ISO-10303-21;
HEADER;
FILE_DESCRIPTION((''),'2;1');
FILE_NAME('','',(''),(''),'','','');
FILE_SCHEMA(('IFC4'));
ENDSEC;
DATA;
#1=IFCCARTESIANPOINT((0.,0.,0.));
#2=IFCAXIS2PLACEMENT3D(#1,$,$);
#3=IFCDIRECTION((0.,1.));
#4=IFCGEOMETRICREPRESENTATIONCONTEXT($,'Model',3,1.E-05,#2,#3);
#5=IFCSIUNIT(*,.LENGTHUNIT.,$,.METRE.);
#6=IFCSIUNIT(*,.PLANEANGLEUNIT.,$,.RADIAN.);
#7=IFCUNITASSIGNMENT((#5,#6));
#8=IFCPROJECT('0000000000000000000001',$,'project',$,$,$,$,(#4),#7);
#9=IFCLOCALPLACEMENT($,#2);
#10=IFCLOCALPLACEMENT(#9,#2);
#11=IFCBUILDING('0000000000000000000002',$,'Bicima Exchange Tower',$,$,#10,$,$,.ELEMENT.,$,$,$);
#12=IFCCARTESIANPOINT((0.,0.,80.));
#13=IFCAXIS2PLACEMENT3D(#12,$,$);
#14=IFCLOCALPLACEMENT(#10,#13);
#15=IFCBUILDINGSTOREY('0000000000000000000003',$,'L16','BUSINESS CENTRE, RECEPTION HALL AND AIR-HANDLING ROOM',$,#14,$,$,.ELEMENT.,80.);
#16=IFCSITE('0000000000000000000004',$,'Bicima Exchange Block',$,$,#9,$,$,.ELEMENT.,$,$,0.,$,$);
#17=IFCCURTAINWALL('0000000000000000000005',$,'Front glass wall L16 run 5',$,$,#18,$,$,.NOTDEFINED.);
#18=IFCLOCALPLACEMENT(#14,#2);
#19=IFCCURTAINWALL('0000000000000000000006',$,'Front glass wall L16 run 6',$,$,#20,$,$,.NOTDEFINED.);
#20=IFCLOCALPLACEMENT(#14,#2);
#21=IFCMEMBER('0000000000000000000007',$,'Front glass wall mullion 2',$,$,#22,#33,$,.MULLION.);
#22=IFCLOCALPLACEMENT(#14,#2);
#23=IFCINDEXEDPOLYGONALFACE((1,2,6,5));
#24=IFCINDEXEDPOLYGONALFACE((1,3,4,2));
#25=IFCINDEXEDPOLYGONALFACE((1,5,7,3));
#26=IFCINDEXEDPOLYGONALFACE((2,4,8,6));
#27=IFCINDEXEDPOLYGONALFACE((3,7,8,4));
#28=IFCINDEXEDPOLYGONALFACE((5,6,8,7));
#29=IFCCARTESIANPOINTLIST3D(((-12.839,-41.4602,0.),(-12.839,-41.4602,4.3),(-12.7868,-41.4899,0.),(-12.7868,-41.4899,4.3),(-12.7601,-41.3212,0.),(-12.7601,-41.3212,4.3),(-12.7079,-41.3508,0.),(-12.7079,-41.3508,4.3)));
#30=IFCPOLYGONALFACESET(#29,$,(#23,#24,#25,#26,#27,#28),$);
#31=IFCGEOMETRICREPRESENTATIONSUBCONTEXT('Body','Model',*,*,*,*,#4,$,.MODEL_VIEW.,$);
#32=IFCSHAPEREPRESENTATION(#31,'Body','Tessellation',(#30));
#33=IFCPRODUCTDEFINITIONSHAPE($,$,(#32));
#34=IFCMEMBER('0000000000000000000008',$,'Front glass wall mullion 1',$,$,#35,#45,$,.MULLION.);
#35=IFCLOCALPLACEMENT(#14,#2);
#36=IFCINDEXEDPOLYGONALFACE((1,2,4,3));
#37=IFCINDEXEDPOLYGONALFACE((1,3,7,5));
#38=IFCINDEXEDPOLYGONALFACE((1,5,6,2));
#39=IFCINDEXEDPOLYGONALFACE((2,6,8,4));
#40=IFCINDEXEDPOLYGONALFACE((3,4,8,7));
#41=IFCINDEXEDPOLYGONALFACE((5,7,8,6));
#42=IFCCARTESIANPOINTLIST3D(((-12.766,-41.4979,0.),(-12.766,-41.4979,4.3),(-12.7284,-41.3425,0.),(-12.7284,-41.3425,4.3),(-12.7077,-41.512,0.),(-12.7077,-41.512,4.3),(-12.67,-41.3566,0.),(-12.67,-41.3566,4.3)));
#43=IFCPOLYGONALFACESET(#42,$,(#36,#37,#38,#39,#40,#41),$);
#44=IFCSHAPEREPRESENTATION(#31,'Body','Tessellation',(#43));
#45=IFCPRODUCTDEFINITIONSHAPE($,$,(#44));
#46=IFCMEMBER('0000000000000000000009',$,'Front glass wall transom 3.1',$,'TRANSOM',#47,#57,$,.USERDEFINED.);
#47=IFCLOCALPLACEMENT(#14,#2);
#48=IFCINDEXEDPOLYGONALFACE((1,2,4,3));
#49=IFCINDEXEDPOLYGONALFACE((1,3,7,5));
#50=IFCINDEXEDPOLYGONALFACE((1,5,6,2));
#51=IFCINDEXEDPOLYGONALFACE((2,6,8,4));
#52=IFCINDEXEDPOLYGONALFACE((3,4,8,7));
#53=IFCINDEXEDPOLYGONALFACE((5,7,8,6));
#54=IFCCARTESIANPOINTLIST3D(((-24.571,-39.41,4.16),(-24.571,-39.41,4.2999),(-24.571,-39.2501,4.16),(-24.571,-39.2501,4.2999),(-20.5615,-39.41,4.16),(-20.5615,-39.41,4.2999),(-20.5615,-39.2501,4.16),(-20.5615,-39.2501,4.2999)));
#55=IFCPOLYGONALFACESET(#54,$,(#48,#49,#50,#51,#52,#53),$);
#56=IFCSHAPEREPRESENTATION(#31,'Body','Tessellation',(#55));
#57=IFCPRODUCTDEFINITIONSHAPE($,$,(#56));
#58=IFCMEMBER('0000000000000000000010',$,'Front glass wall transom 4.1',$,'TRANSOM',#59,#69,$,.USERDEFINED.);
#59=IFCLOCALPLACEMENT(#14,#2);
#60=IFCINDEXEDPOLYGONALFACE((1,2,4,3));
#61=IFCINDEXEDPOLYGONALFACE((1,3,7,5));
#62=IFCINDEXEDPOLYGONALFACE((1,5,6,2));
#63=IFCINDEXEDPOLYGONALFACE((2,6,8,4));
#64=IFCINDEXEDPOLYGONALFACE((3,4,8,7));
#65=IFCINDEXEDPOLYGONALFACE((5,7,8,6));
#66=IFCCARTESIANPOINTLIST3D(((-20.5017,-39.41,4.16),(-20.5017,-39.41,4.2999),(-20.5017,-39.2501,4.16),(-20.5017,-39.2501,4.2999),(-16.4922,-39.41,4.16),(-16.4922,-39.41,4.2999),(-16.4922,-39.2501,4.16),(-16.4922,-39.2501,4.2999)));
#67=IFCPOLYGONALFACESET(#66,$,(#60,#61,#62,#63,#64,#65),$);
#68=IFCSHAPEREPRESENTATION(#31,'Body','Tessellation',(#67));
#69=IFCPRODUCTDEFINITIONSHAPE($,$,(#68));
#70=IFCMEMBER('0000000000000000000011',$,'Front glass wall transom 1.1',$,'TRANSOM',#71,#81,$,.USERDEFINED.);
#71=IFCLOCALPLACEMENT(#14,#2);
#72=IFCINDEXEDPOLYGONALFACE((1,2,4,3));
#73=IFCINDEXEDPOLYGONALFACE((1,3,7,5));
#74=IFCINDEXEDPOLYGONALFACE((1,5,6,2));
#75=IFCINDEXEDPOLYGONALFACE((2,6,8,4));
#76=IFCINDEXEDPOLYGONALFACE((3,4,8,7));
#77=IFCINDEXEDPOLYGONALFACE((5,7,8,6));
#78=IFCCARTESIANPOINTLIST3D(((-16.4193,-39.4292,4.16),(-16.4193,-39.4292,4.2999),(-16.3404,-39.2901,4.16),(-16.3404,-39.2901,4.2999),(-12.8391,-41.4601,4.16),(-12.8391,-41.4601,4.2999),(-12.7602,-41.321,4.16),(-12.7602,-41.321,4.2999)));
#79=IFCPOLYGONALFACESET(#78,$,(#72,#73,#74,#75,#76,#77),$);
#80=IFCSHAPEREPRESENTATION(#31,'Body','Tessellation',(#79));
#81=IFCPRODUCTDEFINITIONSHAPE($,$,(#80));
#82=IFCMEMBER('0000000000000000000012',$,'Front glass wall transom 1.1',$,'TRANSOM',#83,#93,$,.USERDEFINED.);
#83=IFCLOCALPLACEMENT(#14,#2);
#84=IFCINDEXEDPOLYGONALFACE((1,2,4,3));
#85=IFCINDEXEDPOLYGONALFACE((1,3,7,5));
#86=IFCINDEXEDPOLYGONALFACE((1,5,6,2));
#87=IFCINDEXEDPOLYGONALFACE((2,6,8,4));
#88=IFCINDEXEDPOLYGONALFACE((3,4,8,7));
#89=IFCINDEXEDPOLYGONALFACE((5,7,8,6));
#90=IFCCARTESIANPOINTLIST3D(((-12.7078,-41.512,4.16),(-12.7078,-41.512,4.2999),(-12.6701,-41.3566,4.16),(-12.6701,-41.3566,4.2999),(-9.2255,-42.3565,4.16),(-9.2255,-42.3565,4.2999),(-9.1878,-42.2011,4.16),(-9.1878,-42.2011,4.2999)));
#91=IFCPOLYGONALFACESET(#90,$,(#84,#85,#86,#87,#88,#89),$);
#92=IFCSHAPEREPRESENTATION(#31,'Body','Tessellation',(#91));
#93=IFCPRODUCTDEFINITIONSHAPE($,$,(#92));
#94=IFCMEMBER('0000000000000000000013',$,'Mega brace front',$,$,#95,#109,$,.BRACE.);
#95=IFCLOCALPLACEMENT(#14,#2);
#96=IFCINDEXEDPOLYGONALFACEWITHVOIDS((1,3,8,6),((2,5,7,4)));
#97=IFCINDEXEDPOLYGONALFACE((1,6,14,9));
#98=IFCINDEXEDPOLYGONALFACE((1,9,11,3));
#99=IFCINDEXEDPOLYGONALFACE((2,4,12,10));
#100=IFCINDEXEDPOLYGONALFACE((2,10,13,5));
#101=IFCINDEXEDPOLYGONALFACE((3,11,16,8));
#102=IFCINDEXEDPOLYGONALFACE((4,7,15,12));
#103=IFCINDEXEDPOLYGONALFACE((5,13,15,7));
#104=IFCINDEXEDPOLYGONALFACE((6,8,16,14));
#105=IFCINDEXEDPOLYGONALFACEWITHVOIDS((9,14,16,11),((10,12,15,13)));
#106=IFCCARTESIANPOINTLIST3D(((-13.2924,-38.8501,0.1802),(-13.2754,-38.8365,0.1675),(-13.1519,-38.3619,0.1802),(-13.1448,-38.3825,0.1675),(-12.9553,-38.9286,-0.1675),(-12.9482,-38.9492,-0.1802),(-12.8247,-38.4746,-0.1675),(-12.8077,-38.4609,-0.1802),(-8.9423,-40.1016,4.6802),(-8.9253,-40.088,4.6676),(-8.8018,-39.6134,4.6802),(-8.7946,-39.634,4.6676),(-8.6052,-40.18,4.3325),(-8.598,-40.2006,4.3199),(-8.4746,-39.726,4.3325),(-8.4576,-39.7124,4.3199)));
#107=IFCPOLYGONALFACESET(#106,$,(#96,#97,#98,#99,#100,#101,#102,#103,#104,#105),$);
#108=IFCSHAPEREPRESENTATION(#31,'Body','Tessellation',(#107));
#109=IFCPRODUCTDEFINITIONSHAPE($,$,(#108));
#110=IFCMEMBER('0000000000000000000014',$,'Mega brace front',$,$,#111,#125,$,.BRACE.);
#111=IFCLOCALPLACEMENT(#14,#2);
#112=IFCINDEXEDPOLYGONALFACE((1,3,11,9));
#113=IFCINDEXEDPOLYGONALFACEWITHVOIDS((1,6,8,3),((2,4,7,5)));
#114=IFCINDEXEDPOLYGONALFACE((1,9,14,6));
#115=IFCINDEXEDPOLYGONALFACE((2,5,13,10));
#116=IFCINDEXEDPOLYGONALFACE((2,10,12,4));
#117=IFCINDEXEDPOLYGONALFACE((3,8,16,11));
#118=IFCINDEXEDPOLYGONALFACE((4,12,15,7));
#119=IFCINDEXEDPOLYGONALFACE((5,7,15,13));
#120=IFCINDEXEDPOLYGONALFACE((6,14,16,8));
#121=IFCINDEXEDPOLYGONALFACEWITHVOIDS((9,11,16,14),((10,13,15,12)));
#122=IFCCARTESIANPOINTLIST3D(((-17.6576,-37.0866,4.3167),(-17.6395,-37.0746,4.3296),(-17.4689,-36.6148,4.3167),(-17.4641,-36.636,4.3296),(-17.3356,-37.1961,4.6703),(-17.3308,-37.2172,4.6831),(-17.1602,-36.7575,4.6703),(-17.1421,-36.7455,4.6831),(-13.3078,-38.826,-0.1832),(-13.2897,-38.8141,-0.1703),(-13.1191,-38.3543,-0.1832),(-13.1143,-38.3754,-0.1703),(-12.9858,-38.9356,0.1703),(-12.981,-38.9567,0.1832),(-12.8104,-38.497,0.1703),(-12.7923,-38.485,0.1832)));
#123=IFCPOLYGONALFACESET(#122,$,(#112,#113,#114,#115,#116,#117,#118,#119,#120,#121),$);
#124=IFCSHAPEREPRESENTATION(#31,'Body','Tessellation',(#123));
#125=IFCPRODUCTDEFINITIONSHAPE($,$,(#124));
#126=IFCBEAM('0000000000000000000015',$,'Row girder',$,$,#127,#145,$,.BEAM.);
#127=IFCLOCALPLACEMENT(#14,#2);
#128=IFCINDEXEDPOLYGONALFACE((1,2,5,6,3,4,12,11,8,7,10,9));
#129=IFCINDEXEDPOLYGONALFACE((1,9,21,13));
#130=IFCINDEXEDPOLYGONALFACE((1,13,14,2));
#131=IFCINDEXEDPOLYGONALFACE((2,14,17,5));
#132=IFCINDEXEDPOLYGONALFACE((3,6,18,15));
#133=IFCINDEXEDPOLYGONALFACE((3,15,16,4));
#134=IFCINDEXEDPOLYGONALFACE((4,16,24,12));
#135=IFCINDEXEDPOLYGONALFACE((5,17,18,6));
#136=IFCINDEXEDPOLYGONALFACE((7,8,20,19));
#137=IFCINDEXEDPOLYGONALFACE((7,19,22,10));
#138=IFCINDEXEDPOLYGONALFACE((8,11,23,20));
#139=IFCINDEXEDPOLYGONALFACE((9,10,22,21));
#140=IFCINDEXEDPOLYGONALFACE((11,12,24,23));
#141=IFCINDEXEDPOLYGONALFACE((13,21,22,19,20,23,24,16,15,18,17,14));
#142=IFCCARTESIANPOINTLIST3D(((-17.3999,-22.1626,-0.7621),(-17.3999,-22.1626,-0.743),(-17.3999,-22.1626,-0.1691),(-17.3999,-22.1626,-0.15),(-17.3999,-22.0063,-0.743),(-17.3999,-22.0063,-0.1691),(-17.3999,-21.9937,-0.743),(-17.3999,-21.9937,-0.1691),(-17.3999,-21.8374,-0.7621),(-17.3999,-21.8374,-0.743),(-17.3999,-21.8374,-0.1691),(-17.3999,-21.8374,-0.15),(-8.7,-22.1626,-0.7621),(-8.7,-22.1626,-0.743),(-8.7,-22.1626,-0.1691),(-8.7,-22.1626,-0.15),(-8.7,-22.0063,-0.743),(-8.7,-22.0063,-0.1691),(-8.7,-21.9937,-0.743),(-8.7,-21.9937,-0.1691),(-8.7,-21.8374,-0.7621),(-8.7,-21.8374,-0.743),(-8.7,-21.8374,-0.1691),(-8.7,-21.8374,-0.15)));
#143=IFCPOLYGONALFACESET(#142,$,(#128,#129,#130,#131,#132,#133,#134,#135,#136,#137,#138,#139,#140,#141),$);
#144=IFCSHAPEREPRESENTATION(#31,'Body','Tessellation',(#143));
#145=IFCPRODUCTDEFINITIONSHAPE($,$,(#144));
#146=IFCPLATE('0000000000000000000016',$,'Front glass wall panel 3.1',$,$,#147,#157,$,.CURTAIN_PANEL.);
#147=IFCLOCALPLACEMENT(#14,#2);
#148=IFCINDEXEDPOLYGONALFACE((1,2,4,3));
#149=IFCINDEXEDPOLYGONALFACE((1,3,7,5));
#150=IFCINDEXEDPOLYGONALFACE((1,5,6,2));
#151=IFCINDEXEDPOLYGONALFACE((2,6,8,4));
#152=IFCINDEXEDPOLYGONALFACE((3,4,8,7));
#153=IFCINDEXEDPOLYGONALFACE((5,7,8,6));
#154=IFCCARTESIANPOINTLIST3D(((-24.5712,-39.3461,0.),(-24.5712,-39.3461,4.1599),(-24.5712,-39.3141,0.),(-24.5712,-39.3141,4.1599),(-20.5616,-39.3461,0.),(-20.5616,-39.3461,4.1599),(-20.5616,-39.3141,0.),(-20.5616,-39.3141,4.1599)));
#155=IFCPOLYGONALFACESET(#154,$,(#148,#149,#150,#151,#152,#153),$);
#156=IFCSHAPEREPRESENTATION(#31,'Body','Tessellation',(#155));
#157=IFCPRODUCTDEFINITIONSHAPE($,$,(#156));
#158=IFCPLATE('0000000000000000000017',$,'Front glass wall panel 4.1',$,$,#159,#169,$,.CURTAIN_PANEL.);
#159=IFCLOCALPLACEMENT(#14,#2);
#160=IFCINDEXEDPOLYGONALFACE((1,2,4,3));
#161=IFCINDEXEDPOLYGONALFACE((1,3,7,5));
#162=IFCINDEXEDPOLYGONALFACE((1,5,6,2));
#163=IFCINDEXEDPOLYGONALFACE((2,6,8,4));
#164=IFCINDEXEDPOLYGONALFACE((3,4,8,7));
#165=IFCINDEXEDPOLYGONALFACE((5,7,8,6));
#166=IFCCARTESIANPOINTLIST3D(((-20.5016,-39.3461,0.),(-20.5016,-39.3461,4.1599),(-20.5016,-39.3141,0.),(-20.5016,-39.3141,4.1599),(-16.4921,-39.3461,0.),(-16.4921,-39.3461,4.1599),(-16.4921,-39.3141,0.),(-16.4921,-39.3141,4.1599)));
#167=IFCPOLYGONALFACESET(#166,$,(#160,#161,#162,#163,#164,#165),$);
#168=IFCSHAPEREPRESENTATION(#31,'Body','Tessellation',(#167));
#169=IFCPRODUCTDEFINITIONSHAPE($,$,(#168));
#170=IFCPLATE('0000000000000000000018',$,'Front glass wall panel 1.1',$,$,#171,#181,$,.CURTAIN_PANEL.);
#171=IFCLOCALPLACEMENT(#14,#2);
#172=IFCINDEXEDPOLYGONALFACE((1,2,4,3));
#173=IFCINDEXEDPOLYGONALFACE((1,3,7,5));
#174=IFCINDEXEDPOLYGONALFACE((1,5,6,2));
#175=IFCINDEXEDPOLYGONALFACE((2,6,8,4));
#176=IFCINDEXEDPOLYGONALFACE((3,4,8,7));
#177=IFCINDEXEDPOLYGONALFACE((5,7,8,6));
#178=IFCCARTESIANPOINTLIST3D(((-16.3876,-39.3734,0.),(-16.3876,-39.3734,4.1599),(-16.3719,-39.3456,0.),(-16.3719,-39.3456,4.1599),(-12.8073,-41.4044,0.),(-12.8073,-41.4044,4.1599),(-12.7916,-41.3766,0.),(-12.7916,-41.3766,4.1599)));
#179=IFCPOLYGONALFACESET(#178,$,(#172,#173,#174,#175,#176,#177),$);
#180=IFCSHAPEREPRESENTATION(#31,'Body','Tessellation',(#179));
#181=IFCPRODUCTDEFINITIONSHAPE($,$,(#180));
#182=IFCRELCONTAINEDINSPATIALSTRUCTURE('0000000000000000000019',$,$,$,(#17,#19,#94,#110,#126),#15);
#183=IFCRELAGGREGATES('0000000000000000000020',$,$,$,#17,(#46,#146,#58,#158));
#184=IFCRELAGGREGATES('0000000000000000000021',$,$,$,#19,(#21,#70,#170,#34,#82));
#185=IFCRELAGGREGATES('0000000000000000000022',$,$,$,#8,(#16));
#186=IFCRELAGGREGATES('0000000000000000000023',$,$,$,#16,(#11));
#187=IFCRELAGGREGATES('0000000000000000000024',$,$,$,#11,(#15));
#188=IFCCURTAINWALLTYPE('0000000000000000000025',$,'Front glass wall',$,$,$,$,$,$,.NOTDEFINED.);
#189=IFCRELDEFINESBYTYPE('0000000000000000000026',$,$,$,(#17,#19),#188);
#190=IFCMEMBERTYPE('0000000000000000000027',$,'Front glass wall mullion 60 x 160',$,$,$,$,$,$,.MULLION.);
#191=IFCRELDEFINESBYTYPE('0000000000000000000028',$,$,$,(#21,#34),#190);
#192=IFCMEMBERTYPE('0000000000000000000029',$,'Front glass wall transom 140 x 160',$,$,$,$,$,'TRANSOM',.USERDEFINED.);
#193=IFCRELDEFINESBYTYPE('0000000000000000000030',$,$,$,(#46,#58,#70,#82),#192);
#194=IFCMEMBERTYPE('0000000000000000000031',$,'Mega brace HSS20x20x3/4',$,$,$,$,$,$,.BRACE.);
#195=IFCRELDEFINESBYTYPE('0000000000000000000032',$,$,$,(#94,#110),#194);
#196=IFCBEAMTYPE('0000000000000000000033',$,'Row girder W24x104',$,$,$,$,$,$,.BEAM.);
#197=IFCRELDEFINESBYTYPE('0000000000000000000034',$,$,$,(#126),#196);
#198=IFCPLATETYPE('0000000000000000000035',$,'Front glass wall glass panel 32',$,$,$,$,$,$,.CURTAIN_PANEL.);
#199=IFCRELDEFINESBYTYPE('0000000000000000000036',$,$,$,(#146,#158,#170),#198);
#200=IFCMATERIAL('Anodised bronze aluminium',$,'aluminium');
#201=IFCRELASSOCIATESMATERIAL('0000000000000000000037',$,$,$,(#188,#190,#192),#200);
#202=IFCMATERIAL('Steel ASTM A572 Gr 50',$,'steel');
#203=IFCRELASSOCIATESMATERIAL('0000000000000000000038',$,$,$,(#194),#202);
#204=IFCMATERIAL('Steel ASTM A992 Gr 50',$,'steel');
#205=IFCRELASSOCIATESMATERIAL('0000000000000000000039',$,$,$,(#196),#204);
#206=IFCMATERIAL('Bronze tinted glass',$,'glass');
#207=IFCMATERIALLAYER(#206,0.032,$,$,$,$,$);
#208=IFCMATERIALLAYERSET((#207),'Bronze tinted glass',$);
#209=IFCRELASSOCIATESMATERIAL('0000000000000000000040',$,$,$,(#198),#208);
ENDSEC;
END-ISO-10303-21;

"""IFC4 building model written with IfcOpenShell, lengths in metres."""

from ifc_helpers import new_model, si_unit, direction, frame, origin, origin_2d, place, context, subcontext, project, spatial, rectangle, hollow_rectangle, i_section, extrude, material, layer, layer_set, material_profile, profile_set, type_object, element, aggregate, save


model = new_model("IFC4")

# Units and contexts
model_context = context("Model", 3, precision=1e-05, world=origin(), true_north=direction((0.0, 1.0)))
body_context = subcontext(model_context, "Body", "Model", "MODEL_VIEW")
ifc_project = project(units=[si_unit("LENGTHUNIT", "METRE"), si_unit("PLANEANGLEUNIT", "RADIAN")], contexts=[model_context])

# Site, building, storey
site_placement = place(None, origin())
site = spatial("IfcSite", under=ifc_project, at=site_placement, Name="Bicima Exchange Block", CompositionType="ELEMENT", RefElevation=0.0)
building_placement = place(site_placement, origin())
building = spatial("IfcBuilding", under=site, at=building_placement, Name="Bicima Exchange Tower", CompositionType="ELEMENT")
storey_placement = place(building_placement, frame((0.0, 0.0, 80.0)))
storey = spatial("IfcBuildingStorey", under=building, at=storey_placement, Name="L16", Description="BUSINESS CENTRE, RECEPTION HALL AND AIR-HANDLING ROOM", CompositionType="ELEMENT", Elevation=80.0)

# Shared definitions
ifc_material_1 = material(Name="Steel ASTM A992 Gr 50", Category="steel")

# Curtain walls, members
ifc_material_2 = material(Name="Anodised bronze aluminium", Category="aluminium")
curtain_wall_type = type_object("IfcCurtainWallType", Name="Front glass wall", PredefinedType="NOTDEFINED", material=ifc_material_2)
curtain_wall_1_placement = place(storey_placement, origin())
curtain_wall_1 = element("IfcCurtainWall", 1, at=curtain_wall_1_placement, inside=storey, type_object=curtain_wall_type, Name="Front glass wall L16 run 5", PredefinedType="NOTDEFINED")
ifc_material_profile_1 = material_profile(ifc_material_2, rectangle(XDim=0.1599, YDim=0.0601, at=origin_2d()))
ifc_profile_set_1 = profile_set([ifc_material_profile_1], Name="Anodised bronze aluminium")
member_type_1 = type_object("IfcMemberType", Name="Front glass wall mullion 60 x 160", PredefinedType="MULLION", material=ifc_profile_set_1)
curtain_wall_2_placement = place(storey_placement, origin())
curtain_wall_2 = element("IfcCurtainWall", 2, at=curtain_wall_2_placement, inside=storey, type_object=curtain_wall_type, Name="Front glass wall L16 run 6", PredefinedType="NOTDEFINED")
member_1_placement = place(storey_placement, frame((-12.7734, -41.4055, 0.0), z_axis=(0.0, 0.0, 1.0), x_axis=(0.493395, 0.869805, 0.0)))
member_1 = element("IfcMember", 3, at=member_1_placement, type_object=member_type_1, Name="Front glass wall mullion 2", PredefinedType="MULLION", context=body_context, shape_type="SweptSolid", body=[
    extrude(rectangle(XDim=0.1599, YDim=0.0601, at=origin_2d()), origin(), (0.0, 0.0, 1.0), 4.3),
])
member_2_placement = place(storey_placement, frame((-12.718, -41.4272, 0.0), z_axis=(0.0, 0.0, 1.0), x_axis=(0.235682, 0.97183, 0.0)))
member_2 = element("IfcMember", 4, at=member_2_placement, type_object=member_type_1, Name="Front glass wall mullion 1", PredefinedType="MULLION", context=body_context, shape_type="SweptSolid", body=[
    extrude(rectangle(XDim=0.1599, YDim=0.0601, at=origin_2d()), origin(), (0.0, 0.0, 1.0), 4.3),
])

# Members
ifc_material_profile_2 = material_profile(ifc_material_2, rectangle(XDim=0.1599, YDim=0.1399, at=origin_2d()))
ifc_profile_set_2 = profile_set([ifc_material_profile_2], Name="Anodised bronze aluminium")
member_type_2 = type_object("IfcMemberType", Name="Front glass wall transom 140 x 160", ElementType="TRANSOM", PredefinedType="USERDEFINED", material=ifc_profile_set_2)
member_3_placement = place(storey_placement, frame((-24.571, -39.3301, 4.23), z_axis=(1.0, 0.0, 0.0), x_axis=(0.0, 1.0, 0.0)))
member_3 = element("IfcMember", 5, at=member_3_placement, type_object=member_type_2, Name="Front glass wall transom 3.1", ObjectType="TRANSOM", PredefinedType="USERDEFINED", context=body_context, shape_type="SweptSolid", body=[
    extrude(rectangle(XDim=0.1599, YDim=0.1399, at=origin_2d()), origin(), (0.0, 0.0, 1.0), 4.0095),
])
member_4_placement = place(storey_placement, frame((-20.5017, -39.3301, 4.23), z_axis=(1.0, 0.0, 0.0), x_axis=(0.0, 1.0, 0.0)))
member_4 = element("IfcMember", 6, at=member_4_placement, type_object=member_type_2, Name="Front glass wall transom 4.1", ObjectType="TRANSOM", PredefinedType="USERDEFINED", context=body_context, shape_type="SweptSolid", body=[
    extrude(rectangle(XDim=0.1599, YDim=0.1399, at=origin_2d()), origin(), (0.0, 0.0, 1.0), 4.0095),
])
member_5_placement = place(storey_placement, frame((-16.3799, -39.3596, 4.23), z_axis=(0.869797, -0.493409, 0.0), x_axis=(0.493409, 0.869797, 0.0)))
member_5 = element("IfcMember", 7, at=member_5_placement, type_object=member_type_2, Name="Front glass wall transom 1.1", ObjectType="TRANSOM", PredefinedType="USERDEFINED", context=body_context, shape_type="SweptSolid", body=[
    extrude(rectangle(XDim=0.1599, YDim=0.1399, at=origin_2d()), origin(), (0.0, 0.0, 1.0), 4.1162),
])
member_6_placement = place(storey_placement, frame((-12.689, -41.4343, 4.23), z_axis=(0.971834, -0.235668, 0.0), x_axis=(0.235668, 0.971834, 0.0)))
member_6 = element("IfcMember", 8, at=member_6_placement, type_object=member_type_2, Name="Front glass wall transom 1.1", ObjectType="TRANSOM", PredefinedType="USERDEFINED", context=body_context, shape_type="SweptSolid", body=[
    extrude(rectangle(XDim=0.1599, YDim=0.1399, at=origin_2d()), origin(), (0.0, 0.0, 1.0), 3.5833),
])

# Members
ifc_material_3 = material(Name="Steel ASTM A572 Gr 50", Category="steel")
ifc_material_profile_3 = material_profile(ifc_material_3, hollow_rectangle(XDim=0.5081, YDim=0.5081, WallThickness=0.0178, at=origin_2d()))
ifc_profile_set_3 = profile_set([ifc_material_profile_3], Name="Steel ASTM A572 Gr 50")
member_type_3 = type_object("IfcMemberType", Name="Mega brace HSS20x20x3/4", PredefinedType="BRACE", material=ifc_profile_set_3)
member_7_placement = place(storey_placement, frame((-13.05, -38.6555, 0.0), z_axis=(0.68154, -0.19607, 0.705025), x_axis=(0.276473, 0.961022, 0.0)))
element("IfcMember", 9, at=member_7_placement, inside=storey, type_object=member_type_3, Name="Mega brace front", PredefinedType="BRACE", context=body_context, shape_type="SweptSolid", body=[
    extrude(hollow_rectangle(XDim=0.5081, YDim=0.5081, WallThickness=0.0178, at=origin_2d()), origin(), (0.0, 0.0, 1.0), 6.3828),
])
member_8_placement = place(storey_placement, frame((-13.05, -38.6555, 0.0), z_axis=(-0.669628, 0.267783, 0.692742), x_axis=(-0.37131, -0.928509, 0.0)))
element("IfcMember", 10, at=member_8_placement, inside=storey, type_object=member_type_3, Name="Mega brace front", PredefinedType="BRACE", context=body_context, shape_type="SweptSolid", body=[
    extrude(hollow_rectangle(XDim=0.5081, YDim=0.5081, WallThickness=0.0178, at=origin_2d()), origin(), (0.0, 0.0, 1.0), 6.4958),
])

# Beam
ifc_material_profile_4 = material_profile(ifc_material_1, i_section(OverallWidth=0.3252, OverallDepth=0.6121, WebThickness=0.0127, FlangeThickness=0.019, at=origin_2d()))
ifc_profile_set_4 = profile_set([ifc_material_profile_4], Name="Steel ASTM A992 Gr 50")
beam_type_1 = type_object("IfcBeamType", Name="Row girder W24x104", PredefinedType="BEAM", material=ifc_profile_set_4)
beam_1_placement = place(storey_placement, frame((-17.3999, -22.0, -0.4561), z_axis=(1.0, 0.0, 0.0), x_axis=(0.0, 1.0, 0.0)))
element("IfcBeam", 11, at=beam_1_placement, inside=storey, type_object=beam_type_1, Name="Row girder", PredefinedType="BEAM", context=body_context, shape_type="SweptSolid", body=[
    extrude(i_section(OverallWidth=0.3252, OverallDepth=0.6121, WebThickness=0.0127, FlangeThickness=0.019, at=origin_2d()), origin(), (0.0, 0.0, 1.0), 8.7),
])

# Plates
ifc_material_4 = material(Name="Bronze tinted glass", Category="glass")
ifc_layer_1 = layer(ifc_material_4, 0.032)
ifc_layer_set_1 = layer_set([ifc_layer_1], Name="Bronze tinted glass")
plate_type = type_object("IfcPlateType", Name="Front glass wall glass panel 32", PredefinedType="CURTAIN_PANEL", material=ifc_layer_set_1)
plate_1_placement = place(storey_placement, frame((-22.5664, -39.3301, 0.0), z_axis=(0.0, 0.0, 1.0), x_axis=(1.0, 0.0, 0.0)))
plate_1 = element("IfcPlate", 12, at=plate_1_placement, type_object=plate_type, Name="Front glass wall panel 3.1", PredefinedType="CURTAIN_PANEL", context=body_context, shape_type="SweptSolid", body=[
    extrude(rectangle(XDim=4.0095, YDim=0.032, at=origin_2d()), origin(), (0.0, 0.0, 1.0), 4.1599),
])
plate_2_placement = place(storey_placement, frame((-18.4968, -39.3301, 0.0), z_axis=(0.0, 0.0, 1.0), x_axis=(1.0, 0.0, 0.0)))
plate_2 = element("IfcPlate", 13, at=plate_2_placement, type_object=plate_type, Name="Front glass wall panel 4.1", PredefinedType="CURTAIN_PANEL", context=body_context, shape_type="SweptSolid", body=[
    extrude(rectangle(XDim=4.0095, YDim=0.032, at=origin_2d()), origin(), (0.0, 0.0, 1.0), 4.1599),
])
aggregate(curtain_wall_1, [member_3, plate_1, member_4, plate_2])
plate_3_placement = place(storey_placement, frame((-14.5896, -40.375, 0.0), z_axis=(0.0, 0.0, 1.0), x_axis=(0.869805, -0.493395, 0.0)))
plate_3 = element("IfcPlate", 14, at=plate_3_placement, type_object=plate_type, Name="Front glass wall panel 1.1", PredefinedType="CURTAIN_PANEL", context=body_context, shape_type="SweptSolid", body=[
    extrude(rectangle(XDim=4.1162, YDim=0.032, at=origin_2d()), origin(), (0.0, 0.0, 1.0), 4.1599),
])
aggregate(curtain_wall_2, [member_1, member_5, plate_3, member_2, member_6])

save(model, "model.ifc")
